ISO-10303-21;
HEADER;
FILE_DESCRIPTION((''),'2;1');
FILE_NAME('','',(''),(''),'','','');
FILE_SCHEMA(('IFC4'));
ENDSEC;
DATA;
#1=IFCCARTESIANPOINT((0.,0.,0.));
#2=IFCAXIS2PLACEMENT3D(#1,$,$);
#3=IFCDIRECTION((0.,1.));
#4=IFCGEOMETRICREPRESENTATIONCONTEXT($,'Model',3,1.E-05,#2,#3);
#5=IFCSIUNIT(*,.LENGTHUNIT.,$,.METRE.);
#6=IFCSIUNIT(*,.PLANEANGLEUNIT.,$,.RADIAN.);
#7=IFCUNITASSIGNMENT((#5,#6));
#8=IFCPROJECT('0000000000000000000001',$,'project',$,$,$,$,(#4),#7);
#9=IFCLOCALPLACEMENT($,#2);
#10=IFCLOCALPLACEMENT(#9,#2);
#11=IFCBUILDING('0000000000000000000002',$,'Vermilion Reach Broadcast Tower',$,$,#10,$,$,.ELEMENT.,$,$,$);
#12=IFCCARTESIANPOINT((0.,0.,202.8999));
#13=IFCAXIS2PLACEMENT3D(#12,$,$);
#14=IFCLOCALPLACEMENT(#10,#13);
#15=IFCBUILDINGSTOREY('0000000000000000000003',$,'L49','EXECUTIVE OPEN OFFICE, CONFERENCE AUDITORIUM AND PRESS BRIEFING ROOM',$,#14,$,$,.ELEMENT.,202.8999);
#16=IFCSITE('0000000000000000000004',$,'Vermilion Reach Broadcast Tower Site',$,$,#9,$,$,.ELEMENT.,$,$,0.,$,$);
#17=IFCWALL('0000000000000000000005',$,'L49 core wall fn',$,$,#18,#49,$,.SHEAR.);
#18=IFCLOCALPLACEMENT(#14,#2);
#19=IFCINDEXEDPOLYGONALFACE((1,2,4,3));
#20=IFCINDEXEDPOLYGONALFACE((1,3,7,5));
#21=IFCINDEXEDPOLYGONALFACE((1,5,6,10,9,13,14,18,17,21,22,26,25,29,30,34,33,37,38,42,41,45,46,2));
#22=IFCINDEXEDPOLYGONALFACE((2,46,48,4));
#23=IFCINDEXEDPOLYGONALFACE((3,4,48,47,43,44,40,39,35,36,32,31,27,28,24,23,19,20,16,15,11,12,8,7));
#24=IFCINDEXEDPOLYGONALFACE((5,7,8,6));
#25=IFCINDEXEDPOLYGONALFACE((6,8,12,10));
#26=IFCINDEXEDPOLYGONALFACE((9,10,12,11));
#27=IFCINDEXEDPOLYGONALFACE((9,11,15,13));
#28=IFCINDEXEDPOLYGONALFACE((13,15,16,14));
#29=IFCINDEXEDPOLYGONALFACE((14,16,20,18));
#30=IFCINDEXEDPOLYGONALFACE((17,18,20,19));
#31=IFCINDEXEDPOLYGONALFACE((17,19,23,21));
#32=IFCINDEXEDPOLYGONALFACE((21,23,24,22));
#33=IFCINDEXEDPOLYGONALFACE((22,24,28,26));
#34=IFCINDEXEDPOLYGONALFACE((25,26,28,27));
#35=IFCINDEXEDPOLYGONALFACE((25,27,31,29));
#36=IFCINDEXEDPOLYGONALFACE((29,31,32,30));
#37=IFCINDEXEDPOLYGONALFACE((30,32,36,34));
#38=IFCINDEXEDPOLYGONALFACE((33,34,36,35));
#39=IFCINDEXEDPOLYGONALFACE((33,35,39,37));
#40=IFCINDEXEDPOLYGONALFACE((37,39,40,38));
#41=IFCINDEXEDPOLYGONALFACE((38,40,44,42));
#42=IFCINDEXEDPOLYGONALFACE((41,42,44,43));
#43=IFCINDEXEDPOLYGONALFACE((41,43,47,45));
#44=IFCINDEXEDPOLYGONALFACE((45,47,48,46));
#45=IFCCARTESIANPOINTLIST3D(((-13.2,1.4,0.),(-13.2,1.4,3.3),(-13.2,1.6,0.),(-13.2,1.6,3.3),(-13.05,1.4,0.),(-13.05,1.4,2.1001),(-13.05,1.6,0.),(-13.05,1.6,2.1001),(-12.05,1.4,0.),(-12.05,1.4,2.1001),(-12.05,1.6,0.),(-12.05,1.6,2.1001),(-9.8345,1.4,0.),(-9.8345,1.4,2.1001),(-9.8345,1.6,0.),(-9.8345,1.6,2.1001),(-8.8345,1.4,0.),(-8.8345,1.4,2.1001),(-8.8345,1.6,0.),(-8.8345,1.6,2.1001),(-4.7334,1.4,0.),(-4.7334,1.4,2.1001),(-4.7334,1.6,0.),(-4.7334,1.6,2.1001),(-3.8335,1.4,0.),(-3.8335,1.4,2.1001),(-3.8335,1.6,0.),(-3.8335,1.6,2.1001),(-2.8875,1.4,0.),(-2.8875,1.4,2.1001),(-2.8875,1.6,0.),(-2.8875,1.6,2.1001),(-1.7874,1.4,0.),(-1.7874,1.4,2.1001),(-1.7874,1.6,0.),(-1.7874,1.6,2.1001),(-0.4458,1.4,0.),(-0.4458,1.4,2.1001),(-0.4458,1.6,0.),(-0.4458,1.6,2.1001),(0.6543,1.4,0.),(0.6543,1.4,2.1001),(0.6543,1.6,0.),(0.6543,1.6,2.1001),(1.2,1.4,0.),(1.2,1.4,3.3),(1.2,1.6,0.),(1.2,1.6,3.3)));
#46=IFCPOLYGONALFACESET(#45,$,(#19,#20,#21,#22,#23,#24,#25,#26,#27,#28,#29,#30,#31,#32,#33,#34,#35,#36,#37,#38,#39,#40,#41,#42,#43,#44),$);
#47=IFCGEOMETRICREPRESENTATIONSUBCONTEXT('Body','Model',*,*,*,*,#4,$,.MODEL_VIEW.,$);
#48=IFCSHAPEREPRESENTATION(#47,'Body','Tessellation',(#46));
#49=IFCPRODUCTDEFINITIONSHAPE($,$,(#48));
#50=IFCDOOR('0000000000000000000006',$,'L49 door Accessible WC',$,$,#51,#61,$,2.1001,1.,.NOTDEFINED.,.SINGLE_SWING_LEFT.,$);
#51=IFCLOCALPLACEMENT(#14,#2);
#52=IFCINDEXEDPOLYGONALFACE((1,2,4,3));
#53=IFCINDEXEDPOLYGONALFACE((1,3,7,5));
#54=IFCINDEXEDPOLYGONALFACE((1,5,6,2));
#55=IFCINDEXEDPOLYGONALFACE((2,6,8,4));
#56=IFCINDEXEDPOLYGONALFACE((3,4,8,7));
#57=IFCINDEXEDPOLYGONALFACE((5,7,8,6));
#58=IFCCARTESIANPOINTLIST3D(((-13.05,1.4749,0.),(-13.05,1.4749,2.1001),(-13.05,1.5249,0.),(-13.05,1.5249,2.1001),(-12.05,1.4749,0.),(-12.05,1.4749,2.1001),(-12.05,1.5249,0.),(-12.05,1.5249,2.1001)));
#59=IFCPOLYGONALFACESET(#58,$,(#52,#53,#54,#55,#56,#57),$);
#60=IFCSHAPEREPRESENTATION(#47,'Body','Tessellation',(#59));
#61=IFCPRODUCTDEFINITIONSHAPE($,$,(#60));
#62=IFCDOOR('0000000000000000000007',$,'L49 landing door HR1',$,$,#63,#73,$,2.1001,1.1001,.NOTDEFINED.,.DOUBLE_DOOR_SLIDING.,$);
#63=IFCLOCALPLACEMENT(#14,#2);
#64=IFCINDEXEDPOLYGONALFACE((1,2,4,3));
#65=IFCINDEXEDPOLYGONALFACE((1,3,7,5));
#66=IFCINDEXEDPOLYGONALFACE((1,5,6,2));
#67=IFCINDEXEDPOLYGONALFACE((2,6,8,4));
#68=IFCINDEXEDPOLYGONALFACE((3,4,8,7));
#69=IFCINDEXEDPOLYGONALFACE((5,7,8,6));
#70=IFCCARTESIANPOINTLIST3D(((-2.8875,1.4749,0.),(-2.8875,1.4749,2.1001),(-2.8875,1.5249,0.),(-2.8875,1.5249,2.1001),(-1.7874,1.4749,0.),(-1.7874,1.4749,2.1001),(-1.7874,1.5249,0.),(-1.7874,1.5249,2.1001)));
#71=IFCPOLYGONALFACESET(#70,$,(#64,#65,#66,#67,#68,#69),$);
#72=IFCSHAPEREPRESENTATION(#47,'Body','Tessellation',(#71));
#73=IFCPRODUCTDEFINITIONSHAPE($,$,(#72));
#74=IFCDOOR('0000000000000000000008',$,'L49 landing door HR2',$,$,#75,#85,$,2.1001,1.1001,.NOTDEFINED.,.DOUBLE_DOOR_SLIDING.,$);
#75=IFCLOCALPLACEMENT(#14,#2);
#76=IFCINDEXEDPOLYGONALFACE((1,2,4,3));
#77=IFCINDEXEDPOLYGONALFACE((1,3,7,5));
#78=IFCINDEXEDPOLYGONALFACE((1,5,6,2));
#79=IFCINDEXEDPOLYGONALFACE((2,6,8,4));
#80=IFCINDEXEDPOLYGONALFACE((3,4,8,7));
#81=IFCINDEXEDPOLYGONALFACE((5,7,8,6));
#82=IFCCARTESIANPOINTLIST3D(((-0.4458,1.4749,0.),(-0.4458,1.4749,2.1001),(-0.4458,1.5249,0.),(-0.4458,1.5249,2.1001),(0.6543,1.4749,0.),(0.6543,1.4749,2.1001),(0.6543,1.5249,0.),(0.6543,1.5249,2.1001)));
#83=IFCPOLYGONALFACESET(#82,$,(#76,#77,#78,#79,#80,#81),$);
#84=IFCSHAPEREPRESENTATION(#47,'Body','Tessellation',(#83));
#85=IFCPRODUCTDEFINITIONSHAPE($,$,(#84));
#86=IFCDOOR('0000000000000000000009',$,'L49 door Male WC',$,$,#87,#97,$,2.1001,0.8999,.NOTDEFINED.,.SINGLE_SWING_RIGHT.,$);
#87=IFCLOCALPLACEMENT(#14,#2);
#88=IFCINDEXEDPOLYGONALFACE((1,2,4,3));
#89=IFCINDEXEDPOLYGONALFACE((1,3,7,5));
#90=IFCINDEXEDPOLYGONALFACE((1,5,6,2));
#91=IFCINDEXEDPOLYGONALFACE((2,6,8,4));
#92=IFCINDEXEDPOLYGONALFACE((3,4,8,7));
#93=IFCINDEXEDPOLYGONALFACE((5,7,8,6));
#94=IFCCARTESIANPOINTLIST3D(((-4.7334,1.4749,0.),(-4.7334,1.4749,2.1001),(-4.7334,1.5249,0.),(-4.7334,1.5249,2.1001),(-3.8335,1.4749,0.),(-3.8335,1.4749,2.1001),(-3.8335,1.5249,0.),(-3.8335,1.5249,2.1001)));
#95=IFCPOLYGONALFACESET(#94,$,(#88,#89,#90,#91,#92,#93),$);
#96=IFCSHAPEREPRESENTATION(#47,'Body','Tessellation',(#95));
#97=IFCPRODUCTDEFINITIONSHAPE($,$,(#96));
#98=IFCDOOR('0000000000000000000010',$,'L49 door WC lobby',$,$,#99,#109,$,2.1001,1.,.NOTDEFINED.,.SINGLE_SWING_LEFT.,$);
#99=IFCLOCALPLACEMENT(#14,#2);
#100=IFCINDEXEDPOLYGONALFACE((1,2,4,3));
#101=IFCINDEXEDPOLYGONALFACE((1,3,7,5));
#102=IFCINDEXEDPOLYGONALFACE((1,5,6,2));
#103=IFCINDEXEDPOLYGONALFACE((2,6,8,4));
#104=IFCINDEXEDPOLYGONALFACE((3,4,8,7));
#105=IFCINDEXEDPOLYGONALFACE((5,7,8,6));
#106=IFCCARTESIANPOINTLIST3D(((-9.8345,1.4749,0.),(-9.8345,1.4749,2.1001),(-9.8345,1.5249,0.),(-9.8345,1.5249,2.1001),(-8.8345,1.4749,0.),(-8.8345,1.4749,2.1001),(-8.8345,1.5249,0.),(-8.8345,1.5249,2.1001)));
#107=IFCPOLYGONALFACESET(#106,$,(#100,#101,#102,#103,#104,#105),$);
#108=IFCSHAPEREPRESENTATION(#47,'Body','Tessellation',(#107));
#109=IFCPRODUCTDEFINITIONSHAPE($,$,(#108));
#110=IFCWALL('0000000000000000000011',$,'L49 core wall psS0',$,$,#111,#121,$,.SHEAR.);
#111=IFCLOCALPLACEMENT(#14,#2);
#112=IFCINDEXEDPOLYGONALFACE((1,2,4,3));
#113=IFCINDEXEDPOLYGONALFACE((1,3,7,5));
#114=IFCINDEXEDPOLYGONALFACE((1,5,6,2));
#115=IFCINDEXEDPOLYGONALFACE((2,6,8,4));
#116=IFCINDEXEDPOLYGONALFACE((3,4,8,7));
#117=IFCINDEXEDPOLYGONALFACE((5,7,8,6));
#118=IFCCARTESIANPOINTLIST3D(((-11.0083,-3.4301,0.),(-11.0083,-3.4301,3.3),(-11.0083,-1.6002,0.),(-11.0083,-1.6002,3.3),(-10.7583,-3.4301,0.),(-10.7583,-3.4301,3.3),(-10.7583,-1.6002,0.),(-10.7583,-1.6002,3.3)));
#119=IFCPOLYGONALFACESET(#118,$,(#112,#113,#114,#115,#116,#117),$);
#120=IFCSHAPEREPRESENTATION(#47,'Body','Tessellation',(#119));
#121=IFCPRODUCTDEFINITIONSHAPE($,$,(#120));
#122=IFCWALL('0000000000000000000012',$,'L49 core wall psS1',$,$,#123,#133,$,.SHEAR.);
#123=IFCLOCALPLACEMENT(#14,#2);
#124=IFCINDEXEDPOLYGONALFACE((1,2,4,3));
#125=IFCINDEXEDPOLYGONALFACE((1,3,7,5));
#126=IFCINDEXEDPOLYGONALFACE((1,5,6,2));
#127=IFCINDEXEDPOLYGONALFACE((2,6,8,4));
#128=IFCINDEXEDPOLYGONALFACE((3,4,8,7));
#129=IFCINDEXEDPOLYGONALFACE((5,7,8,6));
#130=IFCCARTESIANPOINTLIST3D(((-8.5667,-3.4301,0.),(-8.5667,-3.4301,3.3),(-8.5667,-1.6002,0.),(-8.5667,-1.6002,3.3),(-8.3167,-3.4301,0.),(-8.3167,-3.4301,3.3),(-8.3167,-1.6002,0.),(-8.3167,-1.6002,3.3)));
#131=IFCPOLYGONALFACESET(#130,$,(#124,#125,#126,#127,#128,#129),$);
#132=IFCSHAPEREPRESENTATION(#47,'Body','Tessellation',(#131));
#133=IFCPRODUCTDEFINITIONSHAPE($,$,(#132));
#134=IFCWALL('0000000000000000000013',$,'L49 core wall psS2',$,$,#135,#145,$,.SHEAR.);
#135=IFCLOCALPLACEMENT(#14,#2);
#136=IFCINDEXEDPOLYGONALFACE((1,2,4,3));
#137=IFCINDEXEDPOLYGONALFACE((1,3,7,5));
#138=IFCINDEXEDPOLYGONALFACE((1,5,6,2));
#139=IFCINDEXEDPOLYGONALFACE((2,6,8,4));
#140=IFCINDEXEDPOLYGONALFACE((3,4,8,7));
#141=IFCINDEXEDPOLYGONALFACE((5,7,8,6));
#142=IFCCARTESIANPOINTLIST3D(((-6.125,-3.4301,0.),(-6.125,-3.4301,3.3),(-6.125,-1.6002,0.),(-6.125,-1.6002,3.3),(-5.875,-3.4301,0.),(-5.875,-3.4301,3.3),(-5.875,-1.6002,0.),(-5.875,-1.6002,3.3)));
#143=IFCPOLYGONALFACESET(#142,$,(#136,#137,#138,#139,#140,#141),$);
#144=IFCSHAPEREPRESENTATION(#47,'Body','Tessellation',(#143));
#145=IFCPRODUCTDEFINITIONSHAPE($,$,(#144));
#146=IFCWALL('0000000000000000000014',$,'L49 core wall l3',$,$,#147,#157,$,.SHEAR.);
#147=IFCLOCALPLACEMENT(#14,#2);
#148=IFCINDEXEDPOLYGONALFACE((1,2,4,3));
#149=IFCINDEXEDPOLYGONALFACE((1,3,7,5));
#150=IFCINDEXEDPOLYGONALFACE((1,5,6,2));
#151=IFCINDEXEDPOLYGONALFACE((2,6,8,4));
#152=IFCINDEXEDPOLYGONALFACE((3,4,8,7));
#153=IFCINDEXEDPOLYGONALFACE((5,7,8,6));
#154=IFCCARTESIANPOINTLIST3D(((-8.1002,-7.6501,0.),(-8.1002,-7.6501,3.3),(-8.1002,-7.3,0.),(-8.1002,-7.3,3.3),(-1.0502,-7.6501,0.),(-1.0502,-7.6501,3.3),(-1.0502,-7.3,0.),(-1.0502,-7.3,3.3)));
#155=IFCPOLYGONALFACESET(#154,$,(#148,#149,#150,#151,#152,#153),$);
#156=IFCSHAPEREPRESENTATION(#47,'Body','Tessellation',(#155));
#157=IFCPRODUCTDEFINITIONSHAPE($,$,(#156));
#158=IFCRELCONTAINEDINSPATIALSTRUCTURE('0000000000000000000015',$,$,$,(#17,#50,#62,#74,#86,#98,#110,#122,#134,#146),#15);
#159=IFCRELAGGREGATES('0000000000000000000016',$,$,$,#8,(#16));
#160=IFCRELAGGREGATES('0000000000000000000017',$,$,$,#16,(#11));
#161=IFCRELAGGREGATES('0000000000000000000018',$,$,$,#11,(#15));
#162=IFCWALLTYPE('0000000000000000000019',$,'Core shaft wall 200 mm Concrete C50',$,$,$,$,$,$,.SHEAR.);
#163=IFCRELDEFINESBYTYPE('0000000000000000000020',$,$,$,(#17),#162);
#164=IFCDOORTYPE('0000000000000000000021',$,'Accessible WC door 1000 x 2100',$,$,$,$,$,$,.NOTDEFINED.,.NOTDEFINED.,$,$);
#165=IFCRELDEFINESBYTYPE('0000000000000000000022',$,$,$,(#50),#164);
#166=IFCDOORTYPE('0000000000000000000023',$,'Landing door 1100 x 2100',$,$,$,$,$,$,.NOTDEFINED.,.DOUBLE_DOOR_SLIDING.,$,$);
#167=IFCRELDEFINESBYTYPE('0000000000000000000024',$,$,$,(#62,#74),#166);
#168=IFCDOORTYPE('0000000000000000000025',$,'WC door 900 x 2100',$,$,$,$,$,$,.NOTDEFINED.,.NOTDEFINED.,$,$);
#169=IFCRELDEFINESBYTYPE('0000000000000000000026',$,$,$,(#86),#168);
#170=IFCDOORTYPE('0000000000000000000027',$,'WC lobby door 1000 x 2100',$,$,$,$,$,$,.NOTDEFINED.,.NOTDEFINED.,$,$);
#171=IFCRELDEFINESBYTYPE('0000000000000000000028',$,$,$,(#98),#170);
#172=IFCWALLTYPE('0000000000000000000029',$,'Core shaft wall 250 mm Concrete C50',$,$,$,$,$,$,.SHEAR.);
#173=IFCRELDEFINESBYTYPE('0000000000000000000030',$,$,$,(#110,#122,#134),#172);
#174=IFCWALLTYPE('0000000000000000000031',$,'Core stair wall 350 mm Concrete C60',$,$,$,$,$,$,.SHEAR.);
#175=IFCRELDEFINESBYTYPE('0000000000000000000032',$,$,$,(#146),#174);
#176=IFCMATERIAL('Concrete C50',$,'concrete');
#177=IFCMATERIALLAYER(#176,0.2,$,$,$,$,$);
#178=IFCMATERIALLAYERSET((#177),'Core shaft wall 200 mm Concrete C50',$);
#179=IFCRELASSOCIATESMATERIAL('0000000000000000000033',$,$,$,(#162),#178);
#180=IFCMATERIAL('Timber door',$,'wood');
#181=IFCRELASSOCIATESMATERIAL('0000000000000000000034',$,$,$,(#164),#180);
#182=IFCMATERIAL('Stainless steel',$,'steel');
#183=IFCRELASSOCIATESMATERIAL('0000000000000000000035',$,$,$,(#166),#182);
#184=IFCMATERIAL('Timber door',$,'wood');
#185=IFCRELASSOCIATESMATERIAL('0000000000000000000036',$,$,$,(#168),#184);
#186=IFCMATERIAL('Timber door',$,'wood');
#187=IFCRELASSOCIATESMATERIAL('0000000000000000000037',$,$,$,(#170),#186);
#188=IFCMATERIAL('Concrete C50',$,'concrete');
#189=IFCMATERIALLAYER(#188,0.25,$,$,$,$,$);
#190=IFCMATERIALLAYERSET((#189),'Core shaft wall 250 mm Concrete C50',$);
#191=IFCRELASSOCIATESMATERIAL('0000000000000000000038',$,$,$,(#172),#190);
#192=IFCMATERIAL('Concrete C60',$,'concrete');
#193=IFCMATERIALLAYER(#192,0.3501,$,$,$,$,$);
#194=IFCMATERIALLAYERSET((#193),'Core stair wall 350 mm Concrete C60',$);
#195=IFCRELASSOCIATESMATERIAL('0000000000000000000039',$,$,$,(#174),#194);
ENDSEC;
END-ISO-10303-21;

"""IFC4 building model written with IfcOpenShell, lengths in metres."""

from ifc_helpers import new_model, si_unit, direction, frame, frame_2d, origin, place, context, subcontext, project, spatial, rectangle, extrude, material, layer, layer_set, type_object, element, fill, save


model = new_model("IFC4")

# Units and contexts
model_context = context("Model", 3, precision=1e-05, world=origin(), true_north=direction((0.0, 1.0)))
body_context = subcontext(model_context, "Body", "Model", "MODEL_VIEW")
ifc_project = project(units=[si_unit("LENGTHUNIT", "METRE"), si_unit("PLANEANGLEUNIT", "RADIAN")], contexts=[model_context])

# Site, building, storey
site_placement = place(None, origin())
site = spatial("IfcSite", under=ifc_project, at=site_placement, Name="Vermilion Reach Broadcast Tower Site", CompositionType="ELEMENT", RefElevation=0.0)
building_placement = place(site_placement, origin())
building = spatial("IfcBuilding", under=site, at=building_placement, Name="Vermilion Reach Broadcast Tower", CompositionType="ELEMENT")
storey_placement = place(building_placement, frame((0.0, 0.0, 202.8999)))
storey = spatial("IfcBuildingStorey", under=building, at=storey_placement, Name="L49", Description="EXECUTIVE OPEN OFFICE, CONFERENCE AUDITORIUM AND PRESS BRIEFING ROOM", CompositionType="ELEMENT", Elevation=202.8999)

# Wall, openings, doors
ifc_material_1 = material(Name="Concrete C50", Category="concrete")
ifc_layer_1 = layer(ifc_material_1, 0.2)
ifc_layer_set_1 = layer_set([ifc_layer_1], Name="Core shaft wall 200 mm Concrete C50")
wall_type_1 = type_object("IfcWallType", Name="Core shaft wall 200 mm Concrete C50", PredefinedType="SHEAR", material=ifc_layer_set_1)
wall_1_placement = place(storey_placement, frame((-13.2, 1.5, 0.0), z_axis=(0.0, 0.0, 1.0), x_axis=(1.0, 0.0, 0.0)))
wall_1 = element("IfcWall", 1, at=wall_1_placement, inside=storey, type_object=wall_type_1, Name="L49 core wall fn", PredefinedType="SHEAR", context=body_context, shape_type="SweptSolid", body=[
    extrude(rectangle(XDim=14.3999, YDim=0.2, at=frame_2d((7.2, 0.0))), origin(), (0.0, 0.0, 1.0), 3.3),
])
opening_1_placement = place(wall_1_placement, frame((10.3125, 0.0, 0.0)))
opening_1 = element("IfcOpeningElement", 2, at=opening_1_placement, cuts=wall_1, PredefinedType="OPENING", context=body_context, shape_type="SweptSolid", body=[
    extrude(rectangle(XDim=1.1001, YDim=2.1001, at=frame_2d((0.55, 1.05))), frame((0.0, 0.1099, 0.0), z_axis=(0.0, -1.0, 0.0), x_axis=(1.0, 0.0, 0.0)), (0.0, 0.0, 1.0), 0.22),
])
opening_2_placement = place(wall_1_placement, frame((12.7542, 0.0, 0.0)))
opening_2 = element("IfcOpeningElement", 3, at=opening_2_placement, cuts=wall_1, PredefinedType="OPENING", context=body_context, shape_type="SweptSolid", body=[
    extrude(rectangle(XDim=1.1001, YDim=2.1001, at=frame_2d((0.55, 1.05))), frame((0.0, 0.1099, 0.0), z_axis=(0.0, -1.0, 0.0), x_axis=(1.0, 0.0, 0.0)), (0.0, 0.0, 1.0), 0.22),
])
opening_3_placement = place(wall_1_placement, frame((0.1499, 0.0, 0.0)))
opening_3 = element("IfcOpeningElement", 4, at=opening_3_placement, cuts=wall_1, PredefinedType="OPENING", context=body_context, shape_type="SweptSolid", body=[
    extrude(rectangle(XDim=1.0, YDim=2.1001, at=frame_2d((0.5, 1.05))), frame((0.0, 0.1099, 0.0), z_axis=(0.0, -1.0, 0.0), x_axis=(1.0, 0.0, 0.0)), (0.0, 0.0, 1.0), 0.22),
])
opening_4_placement = place(wall_1_placement, frame((3.3655, 0.0, 0.0)))
opening_4 = element("IfcOpeningElement", 5, at=opening_4_placement, cuts=wall_1, PredefinedType="OPENING", context=body_context, shape_type="SweptSolid", body=[
    extrude(rectangle(XDim=1.0, YDim=2.1001, at=frame_2d((0.5, 1.05))), frame((0.0, 0.1099, 0.0), z_axis=(0.0, -1.0, 0.0), x_axis=(1.0, 0.0, 0.0)), (0.0, 0.0, 1.0), 0.22),
])
opening_5_placement = place(wall_1_placement, frame((8.4666, 0.0, 0.0)))
opening_5 = element("IfcOpeningElement", 6, at=opening_5_placement, cuts=wall_1, PredefinedType="OPENING", context=body_context, shape_type="SweptSolid", body=[
    extrude(rectangle(XDim=0.8999, YDim=2.1001, at=frame_2d((0.45, 1.05))), frame((0.0, 0.1099, 0.0), z_axis=(0.0, -1.0, 0.0), x_axis=(1.0, 0.0, 0.0)), (0.0, 0.0, 1.0), 0.22),
])
ifc_material_2 = material(Name="Timber door", Category="wood")
door_type_1 = type_object("IfcDoorType", Name="Accessible WC door 1000 x 2100", OperationType="NOTDEFINED", PredefinedType="NOTDEFINED", material=ifc_material_2)
door_1_placement = place(opening_3_placement, origin())
door_1 = element("IfcDoor", 7, at=door_1_placement, inside=storey, type_object=door_type_1, Name="L49 door Accessible WC", OperationType="SINGLE_SWING_LEFT", OverallHeight=2.1001, OverallWidth=1.0, PredefinedType="NOTDEFINED", context=body_context, shape_type="SweptSolid", body=[
    extrude(rectangle(XDim=1.0, YDim=2.1001, at=frame_2d((0.5, 1.05))), frame((0.0, 0.0249, 0.0), z_axis=(0.0, -1.0, 0.0), x_axis=(1.0, 0.0, 0.0)), (0.0, 0.0, 1.0), 0.05),
])
fill(opening_3, door_1)
ifc_material_3 = material(Name="Stainless steel", Category="steel")
door_type_2 = type_object("IfcDoorType", Name="Landing door 1100 x 2100", OperationType="DOUBLE_DOOR_SLIDING", PredefinedType="NOTDEFINED", material=ifc_material_3)
door_2_placement = place(opening_1_placement, origin())
door_2 = element("IfcDoor", 8, at=door_2_placement, inside=storey, type_object=door_type_2, Name="L49 landing door HR1", OperationType="DOUBLE_DOOR_SLIDING", OverallHeight=2.1001, OverallWidth=1.1001, PredefinedType="NOTDEFINED", context=body_context, shape_type="SweptSolid", body=[
    extrude(rectangle(XDim=1.1001, YDim=2.1001, at=frame_2d((0.55, 1.05))), frame((0.0, 0.0249, 0.0), z_axis=(0.0, -1.0, 0.0), x_axis=(1.0, 0.0, 0.0)), (0.0, 0.0, 1.0), 0.05),
])
fill(opening_1, door_2)
door_3_placement = place(opening_2_placement, origin())
door_3 = element("IfcDoor", 9, at=door_3_placement, inside=storey, type_object=door_type_2, Name="L49 landing door HR2", OperationType="DOUBLE_DOOR_SLIDING", OverallHeight=2.1001, OverallWidth=1.1001, PredefinedType="NOTDEFINED", context=body_context, shape_type="SweptSolid", body=[
    extrude(rectangle(XDim=1.1001, YDim=2.1001, at=frame_2d((0.55, 1.05))), frame((0.0, 0.0249, 0.0), z_axis=(0.0, -1.0, 0.0), x_axis=(1.0, 0.0, 0.0)), (0.0, 0.0, 1.0), 0.05),
])
fill(opening_2, door_3)
ifc_material_4 = material(Name="Timber door", Category="wood")
door_type_3 = type_object("IfcDoorType", Name="WC door 900 x 2100", OperationType="NOTDEFINED", PredefinedType="NOTDEFINED", material=ifc_material_4)
door_4_placement = place(opening_5_placement, origin())
door_4 = element("IfcDoor", 10, at=door_4_placement, inside=storey, type_object=door_type_3, Name="L49 door Male WC", OperationType="SINGLE_SWING_RIGHT", OverallHeight=2.1001, OverallWidth=0.8999, PredefinedType="NOTDEFINED", context=body_context, shape_type="SweptSolid", body=[
    extrude(rectangle(XDim=0.8999, YDim=2.1001, at=frame_2d((0.45, 1.05))), frame((0.0, 0.0249, 0.0), z_axis=(0.0, -1.0, 0.0), x_axis=(1.0, 0.0, 0.0)), (0.0, 0.0, 1.0), 0.05),
])
fill(opening_5, door_4)
ifc_material_5 = material(Name="Timber door", Category="wood")
door_type_4 = type_object("IfcDoorType", Name="WC lobby door 1000 x 2100", OperationType="NOTDEFINED", PredefinedType="NOTDEFINED", material=ifc_material_5)
door_5_placement = place(opening_4_placement, origin())
door_5 = element("IfcDoor", 11, at=door_5_placement, inside=storey, type_object=door_type_4, Name="L49 door WC lobby", OperationType="SINGLE_SWING_LEFT", OverallHeight=2.1001, OverallWidth=1.0, PredefinedType="NOTDEFINED", context=body_context, shape_type="SweptSolid", body=[
    extrude(rectangle(XDim=1.0, YDim=2.1001, at=frame_2d((0.5, 1.05))), frame((0.0, 0.0249, 0.0), z_axis=(0.0, -1.0, 0.0), x_axis=(1.0, 0.0, 0.0)), (0.0, 0.0, 1.0), 0.05),
])
fill(opening_4, door_5)

# Walls
ifc_material_6 = material(Name="Concrete C50", Category="concrete")
ifc_layer_2 = layer(ifc_material_6, 0.25)
ifc_layer_set_2 = layer_set([ifc_layer_2], Name="Core shaft wall 250 mm Concrete C50")
wall_type_2 = type_object("IfcWallType", Name="Core shaft wall 250 mm Concrete C50", PredefinedType="SHEAR", material=ifc_layer_set_2)
for number, where, z_axis, x_axis, name in (
    (12, (-10.8833, -1.6001, 0.0), (0.0, 0.0, 1.0), (0.0, -1.0, 0.0), "L49 core wall psS0"),
    (13, (-8.4417, -1.6001, 0.0), (0.0, 0.0, 1.0), (0.0, -1.0, 0.0), "L49 core wall psS1"),
    (14, (-6.0, -1.6001, 0.0), (0.0, 0.0, 1.0), (0.0, -1.0, 0.0), "L49 core wall psS2"),
):
    element("IfcWall", number, at=place(storey_placement, frame(where, z_axis=z_axis, x_axis=x_axis)), inside=storey, type_object=wall_type_2, Name=name, PredefinedType="SHEAR", context=body_context, shape_type="SweptSolid", body=[
        extrude(rectangle(XDim=1.8298, YDim=0.25, at=frame_2d((0.915, 0.0))), origin(), (0.0, 0.0, 1.0), 3.3),
    ])
ifc_material_7 = material(Name="Concrete C60", Category="concrete")
ifc_layer_3 = layer(ifc_material_7, 0.3501)
ifc_layer_set_3 = layer_set([ifc_layer_3], Name="Core stair wall 350 mm Concrete C60")
wall_type_3 = type_object("IfcWallType", Name="Core stair wall 350 mm Concrete C60", PredefinedType="SHEAR", material=ifc_layer_set_3)
wall_2_placement = place(storey_placement, frame((-8.1001, -7.4751, 0.0), z_axis=(0.0, 0.0, 1.0), x_axis=(1.0, 0.0, 0.0)))
element("IfcWall", 15, at=wall_2_placement, inside=storey, type_object=wall_type_3, Name="L49 core wall l3", PredefinedType="SHEAR", context=body_context, shape_type="SweptSolid", body=[
    extrude(rectangle(XDim=7.05, YDim=0.3501, at=frame_2d((3.5249, 0.0))), origin(), (0.0, 0.0, 1.0), 3.3),
])

save(model, "model.ifc")
